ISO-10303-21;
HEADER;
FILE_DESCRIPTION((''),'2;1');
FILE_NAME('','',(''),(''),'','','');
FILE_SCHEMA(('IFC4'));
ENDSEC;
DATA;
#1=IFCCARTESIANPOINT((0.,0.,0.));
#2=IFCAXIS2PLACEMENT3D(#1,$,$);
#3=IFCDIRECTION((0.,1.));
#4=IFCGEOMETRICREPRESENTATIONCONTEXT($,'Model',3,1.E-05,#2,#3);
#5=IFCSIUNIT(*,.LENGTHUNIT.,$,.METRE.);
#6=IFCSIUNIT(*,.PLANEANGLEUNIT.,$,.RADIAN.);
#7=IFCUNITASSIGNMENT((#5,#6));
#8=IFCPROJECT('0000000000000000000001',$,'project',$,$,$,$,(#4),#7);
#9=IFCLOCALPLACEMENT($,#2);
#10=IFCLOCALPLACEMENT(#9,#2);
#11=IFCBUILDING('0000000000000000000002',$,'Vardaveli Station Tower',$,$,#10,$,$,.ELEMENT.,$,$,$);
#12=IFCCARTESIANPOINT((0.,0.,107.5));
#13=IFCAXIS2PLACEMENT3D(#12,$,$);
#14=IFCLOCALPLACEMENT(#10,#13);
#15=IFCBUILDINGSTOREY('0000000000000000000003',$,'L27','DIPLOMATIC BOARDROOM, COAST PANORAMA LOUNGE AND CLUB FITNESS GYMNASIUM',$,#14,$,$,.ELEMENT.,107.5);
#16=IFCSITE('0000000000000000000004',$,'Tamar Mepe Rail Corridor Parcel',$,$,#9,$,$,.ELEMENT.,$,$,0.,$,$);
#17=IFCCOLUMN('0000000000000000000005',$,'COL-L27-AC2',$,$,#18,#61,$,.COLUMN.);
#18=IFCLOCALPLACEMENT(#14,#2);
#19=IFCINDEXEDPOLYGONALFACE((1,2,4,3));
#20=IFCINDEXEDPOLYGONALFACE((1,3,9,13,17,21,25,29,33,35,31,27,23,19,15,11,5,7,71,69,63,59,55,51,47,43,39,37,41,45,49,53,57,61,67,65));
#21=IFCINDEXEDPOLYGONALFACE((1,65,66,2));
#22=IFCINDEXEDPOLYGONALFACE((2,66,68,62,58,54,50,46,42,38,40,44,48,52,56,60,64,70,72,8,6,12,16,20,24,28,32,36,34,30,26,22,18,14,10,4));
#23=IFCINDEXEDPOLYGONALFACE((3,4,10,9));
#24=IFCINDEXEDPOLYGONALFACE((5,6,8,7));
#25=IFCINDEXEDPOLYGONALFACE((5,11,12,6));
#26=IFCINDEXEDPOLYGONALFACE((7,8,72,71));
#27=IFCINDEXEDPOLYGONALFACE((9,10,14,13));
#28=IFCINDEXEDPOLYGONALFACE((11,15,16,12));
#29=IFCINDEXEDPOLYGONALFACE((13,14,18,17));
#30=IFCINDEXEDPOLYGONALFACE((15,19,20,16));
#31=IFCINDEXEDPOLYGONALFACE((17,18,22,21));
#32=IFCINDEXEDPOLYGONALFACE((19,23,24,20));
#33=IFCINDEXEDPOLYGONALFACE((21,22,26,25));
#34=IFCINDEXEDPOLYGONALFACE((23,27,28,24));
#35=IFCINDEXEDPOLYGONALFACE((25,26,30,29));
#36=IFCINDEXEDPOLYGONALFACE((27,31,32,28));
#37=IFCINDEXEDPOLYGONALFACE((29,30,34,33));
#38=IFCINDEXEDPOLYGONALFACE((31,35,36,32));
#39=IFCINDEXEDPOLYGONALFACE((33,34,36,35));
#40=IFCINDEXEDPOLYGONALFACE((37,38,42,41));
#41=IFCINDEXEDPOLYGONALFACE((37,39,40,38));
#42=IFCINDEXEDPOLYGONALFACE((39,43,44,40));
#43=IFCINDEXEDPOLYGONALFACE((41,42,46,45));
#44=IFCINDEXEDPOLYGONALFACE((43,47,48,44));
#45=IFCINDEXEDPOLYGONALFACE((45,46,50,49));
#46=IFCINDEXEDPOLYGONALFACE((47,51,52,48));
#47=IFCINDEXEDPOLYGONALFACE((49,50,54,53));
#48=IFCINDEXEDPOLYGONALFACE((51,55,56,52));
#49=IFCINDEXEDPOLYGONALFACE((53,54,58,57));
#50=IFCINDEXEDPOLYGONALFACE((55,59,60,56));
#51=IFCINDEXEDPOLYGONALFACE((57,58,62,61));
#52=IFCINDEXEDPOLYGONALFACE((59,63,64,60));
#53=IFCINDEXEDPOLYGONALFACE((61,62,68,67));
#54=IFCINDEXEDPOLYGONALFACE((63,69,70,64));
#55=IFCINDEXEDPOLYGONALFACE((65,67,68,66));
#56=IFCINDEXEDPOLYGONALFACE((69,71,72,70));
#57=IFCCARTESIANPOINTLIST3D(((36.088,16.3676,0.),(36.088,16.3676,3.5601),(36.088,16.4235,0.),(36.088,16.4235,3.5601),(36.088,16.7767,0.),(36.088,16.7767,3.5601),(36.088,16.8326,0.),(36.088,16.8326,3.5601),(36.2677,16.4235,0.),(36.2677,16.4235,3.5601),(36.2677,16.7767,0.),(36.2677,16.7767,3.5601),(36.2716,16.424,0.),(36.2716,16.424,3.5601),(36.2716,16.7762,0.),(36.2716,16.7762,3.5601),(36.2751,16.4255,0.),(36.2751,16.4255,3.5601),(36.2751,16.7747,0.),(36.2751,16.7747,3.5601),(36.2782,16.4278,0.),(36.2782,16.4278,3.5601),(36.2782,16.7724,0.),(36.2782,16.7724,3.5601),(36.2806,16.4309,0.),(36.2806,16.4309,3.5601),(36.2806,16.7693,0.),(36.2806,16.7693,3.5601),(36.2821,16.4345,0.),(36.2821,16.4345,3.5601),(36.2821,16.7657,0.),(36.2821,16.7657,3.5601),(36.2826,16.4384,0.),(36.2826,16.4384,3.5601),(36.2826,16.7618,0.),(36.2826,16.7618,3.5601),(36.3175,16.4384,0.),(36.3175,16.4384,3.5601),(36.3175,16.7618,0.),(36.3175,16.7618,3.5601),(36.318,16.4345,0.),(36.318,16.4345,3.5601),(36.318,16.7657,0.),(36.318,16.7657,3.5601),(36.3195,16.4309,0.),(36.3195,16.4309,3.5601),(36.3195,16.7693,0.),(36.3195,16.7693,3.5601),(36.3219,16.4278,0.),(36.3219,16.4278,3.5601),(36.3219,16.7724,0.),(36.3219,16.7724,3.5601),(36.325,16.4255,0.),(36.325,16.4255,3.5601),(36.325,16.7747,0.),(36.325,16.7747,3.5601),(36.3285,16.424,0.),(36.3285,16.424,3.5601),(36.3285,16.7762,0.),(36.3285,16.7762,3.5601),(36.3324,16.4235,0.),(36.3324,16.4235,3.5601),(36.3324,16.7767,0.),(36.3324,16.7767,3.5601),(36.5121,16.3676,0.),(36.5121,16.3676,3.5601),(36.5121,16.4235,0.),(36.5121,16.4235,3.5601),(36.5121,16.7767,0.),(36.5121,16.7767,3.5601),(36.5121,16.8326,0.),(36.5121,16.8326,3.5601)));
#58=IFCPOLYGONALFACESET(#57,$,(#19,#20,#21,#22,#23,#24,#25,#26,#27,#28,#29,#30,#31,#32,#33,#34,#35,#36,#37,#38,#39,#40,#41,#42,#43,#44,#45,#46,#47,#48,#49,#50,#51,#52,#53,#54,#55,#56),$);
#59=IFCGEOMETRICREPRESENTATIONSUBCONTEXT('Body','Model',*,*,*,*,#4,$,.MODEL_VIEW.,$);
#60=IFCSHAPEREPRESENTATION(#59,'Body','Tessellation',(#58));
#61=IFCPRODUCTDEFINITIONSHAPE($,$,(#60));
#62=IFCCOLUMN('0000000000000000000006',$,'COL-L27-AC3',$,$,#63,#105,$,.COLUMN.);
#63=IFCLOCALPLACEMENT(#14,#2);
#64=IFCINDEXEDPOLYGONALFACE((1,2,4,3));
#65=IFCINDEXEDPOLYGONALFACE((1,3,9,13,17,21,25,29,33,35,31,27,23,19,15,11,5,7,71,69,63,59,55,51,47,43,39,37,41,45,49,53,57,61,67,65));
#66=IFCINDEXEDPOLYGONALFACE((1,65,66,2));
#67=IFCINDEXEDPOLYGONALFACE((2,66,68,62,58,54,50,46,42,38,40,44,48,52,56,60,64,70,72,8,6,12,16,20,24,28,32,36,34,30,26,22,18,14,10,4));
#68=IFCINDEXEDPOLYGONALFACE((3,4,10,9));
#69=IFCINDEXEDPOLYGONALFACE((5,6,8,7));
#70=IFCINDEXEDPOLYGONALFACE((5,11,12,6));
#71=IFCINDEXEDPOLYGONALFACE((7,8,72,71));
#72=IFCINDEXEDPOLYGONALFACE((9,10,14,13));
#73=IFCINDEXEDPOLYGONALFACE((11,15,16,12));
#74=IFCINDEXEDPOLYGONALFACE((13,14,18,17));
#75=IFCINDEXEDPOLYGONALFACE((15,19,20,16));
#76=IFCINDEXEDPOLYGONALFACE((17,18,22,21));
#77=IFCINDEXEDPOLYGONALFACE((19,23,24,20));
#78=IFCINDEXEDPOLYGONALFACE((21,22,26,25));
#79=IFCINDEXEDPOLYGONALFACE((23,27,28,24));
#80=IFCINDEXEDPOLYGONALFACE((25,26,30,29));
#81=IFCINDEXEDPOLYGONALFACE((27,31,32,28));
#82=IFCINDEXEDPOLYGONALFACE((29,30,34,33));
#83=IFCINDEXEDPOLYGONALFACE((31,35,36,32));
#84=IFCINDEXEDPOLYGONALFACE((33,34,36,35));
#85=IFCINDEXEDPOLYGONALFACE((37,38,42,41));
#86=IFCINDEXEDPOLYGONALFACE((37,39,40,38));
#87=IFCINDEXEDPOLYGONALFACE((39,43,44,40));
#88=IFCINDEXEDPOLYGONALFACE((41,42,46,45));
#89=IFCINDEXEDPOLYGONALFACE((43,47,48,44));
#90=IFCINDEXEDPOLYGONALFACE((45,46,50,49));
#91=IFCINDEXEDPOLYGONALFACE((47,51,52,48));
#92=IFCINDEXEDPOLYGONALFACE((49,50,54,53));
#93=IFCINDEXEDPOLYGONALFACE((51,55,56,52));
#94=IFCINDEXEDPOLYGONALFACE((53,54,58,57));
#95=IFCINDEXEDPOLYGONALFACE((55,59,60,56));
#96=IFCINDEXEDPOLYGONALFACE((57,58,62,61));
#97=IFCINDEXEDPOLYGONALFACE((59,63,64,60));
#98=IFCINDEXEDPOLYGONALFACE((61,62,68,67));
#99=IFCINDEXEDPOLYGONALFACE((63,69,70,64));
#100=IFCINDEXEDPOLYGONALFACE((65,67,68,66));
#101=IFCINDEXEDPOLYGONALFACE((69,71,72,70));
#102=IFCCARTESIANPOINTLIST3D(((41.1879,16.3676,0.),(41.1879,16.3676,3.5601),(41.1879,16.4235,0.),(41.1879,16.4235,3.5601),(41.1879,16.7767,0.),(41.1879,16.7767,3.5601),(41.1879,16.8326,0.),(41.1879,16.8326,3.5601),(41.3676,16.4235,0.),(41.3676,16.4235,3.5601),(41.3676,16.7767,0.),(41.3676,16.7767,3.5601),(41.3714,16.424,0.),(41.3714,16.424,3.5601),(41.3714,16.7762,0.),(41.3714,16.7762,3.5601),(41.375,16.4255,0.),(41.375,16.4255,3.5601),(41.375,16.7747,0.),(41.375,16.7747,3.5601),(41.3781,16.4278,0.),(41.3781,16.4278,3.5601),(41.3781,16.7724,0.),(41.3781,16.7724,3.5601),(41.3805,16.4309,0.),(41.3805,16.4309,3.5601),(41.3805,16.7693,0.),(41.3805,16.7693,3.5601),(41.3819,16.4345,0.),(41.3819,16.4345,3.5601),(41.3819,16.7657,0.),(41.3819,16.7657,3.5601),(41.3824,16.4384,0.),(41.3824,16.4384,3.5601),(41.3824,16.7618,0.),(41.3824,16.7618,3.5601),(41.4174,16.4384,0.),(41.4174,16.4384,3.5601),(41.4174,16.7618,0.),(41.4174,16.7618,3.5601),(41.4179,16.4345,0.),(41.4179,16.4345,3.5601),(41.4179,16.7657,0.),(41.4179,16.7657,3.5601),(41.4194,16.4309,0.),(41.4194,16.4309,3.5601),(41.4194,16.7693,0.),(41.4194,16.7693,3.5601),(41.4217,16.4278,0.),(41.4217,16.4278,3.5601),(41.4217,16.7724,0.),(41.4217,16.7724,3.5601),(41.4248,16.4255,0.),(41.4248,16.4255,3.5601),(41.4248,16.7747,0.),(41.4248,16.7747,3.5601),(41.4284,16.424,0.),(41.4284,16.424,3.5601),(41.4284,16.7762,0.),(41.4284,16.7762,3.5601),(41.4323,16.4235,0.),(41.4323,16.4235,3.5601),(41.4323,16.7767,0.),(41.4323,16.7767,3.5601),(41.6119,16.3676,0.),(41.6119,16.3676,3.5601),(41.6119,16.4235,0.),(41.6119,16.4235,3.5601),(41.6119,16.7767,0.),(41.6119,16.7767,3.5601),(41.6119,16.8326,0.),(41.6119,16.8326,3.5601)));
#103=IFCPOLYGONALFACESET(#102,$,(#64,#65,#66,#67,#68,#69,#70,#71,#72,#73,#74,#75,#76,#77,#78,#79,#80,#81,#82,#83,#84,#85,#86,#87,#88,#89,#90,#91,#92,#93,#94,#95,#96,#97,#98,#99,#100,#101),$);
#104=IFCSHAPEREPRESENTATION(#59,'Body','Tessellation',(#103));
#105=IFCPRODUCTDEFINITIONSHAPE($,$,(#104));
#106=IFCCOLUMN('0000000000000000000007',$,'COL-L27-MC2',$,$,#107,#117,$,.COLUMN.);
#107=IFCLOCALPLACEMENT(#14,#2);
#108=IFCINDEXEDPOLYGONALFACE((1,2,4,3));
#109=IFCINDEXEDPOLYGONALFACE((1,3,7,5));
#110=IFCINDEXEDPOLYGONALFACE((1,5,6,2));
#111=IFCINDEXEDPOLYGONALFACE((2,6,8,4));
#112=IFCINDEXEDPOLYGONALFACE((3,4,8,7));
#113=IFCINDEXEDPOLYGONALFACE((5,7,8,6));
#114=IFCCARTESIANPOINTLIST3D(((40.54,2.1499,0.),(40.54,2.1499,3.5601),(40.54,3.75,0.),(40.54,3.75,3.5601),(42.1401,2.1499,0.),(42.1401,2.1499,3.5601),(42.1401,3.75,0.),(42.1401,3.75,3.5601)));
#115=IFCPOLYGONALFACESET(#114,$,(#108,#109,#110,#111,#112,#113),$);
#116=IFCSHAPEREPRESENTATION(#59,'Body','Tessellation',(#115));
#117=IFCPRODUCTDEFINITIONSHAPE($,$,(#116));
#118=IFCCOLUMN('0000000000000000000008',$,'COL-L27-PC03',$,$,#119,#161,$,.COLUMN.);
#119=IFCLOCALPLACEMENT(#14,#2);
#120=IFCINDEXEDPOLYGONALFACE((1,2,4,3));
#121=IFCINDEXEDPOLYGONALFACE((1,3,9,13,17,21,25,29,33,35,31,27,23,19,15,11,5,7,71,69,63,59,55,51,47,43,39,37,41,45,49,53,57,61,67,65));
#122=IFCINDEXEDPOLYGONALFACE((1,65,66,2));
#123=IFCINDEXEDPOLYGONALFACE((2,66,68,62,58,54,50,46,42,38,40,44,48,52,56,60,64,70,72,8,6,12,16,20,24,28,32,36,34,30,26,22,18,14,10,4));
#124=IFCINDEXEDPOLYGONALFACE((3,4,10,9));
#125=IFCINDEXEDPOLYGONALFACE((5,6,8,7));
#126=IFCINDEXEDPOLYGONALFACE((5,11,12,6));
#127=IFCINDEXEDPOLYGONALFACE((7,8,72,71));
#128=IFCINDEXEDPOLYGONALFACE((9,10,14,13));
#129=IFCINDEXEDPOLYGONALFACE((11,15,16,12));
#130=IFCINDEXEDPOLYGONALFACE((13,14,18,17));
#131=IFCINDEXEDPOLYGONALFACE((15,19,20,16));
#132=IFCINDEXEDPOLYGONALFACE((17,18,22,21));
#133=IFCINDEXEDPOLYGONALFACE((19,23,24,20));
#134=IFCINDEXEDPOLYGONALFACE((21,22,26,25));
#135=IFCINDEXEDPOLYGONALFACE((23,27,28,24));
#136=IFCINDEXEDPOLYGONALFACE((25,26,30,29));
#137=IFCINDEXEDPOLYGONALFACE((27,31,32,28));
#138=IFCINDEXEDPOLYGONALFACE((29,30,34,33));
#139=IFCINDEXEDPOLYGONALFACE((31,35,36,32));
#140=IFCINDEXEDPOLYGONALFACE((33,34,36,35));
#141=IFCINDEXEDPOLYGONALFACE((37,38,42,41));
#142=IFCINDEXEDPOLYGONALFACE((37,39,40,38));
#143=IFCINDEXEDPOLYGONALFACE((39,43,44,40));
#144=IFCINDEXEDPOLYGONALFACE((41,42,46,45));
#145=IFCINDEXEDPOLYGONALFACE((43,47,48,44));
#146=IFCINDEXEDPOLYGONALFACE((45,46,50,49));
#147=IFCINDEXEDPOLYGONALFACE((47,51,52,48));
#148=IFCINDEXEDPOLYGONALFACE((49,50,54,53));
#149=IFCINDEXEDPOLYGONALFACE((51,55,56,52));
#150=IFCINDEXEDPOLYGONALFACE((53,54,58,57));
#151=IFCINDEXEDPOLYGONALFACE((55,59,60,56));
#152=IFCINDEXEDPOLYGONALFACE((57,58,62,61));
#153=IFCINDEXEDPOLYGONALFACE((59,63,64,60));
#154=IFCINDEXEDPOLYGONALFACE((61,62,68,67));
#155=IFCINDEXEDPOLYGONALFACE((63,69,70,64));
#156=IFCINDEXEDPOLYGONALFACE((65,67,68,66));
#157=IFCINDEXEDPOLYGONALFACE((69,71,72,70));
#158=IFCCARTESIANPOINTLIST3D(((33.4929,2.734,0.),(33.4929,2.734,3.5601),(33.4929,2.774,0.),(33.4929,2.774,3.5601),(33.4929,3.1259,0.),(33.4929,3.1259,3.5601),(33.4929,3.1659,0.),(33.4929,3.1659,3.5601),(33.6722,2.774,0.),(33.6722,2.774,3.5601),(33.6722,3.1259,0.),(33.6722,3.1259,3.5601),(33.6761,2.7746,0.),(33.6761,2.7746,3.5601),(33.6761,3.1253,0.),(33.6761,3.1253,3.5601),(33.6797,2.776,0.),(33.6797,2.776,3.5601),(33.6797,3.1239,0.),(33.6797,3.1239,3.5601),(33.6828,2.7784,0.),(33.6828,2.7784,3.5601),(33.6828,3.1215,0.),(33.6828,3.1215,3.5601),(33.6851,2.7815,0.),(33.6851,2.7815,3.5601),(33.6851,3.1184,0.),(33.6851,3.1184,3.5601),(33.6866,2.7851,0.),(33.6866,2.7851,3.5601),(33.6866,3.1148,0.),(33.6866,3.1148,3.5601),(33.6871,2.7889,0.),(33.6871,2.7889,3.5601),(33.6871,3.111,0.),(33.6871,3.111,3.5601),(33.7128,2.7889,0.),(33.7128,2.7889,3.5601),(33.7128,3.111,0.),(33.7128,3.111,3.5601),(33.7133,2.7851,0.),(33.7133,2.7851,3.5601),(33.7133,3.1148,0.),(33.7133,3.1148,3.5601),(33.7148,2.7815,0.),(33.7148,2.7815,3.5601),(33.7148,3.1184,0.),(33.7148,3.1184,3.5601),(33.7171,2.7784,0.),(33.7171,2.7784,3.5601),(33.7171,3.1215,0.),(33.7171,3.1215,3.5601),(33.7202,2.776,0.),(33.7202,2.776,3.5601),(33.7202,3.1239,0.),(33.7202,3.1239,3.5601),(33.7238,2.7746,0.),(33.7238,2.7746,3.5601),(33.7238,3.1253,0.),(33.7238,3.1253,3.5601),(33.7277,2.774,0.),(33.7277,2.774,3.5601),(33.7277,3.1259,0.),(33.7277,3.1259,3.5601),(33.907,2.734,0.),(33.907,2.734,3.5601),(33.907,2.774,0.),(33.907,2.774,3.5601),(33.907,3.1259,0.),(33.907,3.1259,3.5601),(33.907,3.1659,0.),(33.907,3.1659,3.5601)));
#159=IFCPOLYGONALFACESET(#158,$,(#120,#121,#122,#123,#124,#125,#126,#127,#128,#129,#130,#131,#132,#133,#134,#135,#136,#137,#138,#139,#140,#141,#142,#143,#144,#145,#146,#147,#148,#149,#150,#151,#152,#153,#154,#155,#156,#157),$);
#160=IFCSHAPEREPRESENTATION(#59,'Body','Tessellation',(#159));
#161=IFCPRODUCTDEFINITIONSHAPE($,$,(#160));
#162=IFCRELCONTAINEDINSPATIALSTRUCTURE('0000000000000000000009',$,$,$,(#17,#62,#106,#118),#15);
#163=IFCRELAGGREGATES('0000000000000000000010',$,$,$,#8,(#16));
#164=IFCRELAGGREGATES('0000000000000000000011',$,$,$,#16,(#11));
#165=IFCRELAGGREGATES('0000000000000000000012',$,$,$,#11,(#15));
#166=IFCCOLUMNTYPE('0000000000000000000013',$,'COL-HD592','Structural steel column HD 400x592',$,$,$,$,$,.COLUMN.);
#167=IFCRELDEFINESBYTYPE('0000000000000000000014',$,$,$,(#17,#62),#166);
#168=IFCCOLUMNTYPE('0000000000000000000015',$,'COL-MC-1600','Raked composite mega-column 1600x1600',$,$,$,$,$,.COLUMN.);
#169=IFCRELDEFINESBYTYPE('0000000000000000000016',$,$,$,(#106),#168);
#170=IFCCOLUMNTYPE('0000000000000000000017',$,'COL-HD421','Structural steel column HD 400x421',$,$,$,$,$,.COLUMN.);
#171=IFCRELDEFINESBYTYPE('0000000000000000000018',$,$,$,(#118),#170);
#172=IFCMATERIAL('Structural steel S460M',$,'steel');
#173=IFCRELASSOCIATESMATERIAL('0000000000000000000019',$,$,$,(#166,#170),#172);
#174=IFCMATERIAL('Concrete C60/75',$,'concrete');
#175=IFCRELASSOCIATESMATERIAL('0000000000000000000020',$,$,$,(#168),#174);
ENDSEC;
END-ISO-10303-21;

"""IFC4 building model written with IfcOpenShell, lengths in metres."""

from ifc_helpers import new_model, si_unit, direction, frame, origin, origin_2d, place, context, subcontext, project, spatial, rectangle, i_section, extrude, source, transform, mapped, material, material_profile, profile_set, type_object, element, save


model = new_model("IFC4")

# Units and contexts
model_context = context("Model", 3, precision=1e-05, world=origin(), true_north=direction((0.0, 1.0)))
body_context = subcontext(model_context, "Body", "Model", "MODEL_VIEW")
ifc_project = project(units=[si_unit("LENGTHUNIT", "METRE"), si_unit("PLANEANGLEUNIT", "RADIAN")], contexts=[model_context])

# Site, building, storey
site_placement = place(None, origin())
site = spatial("IfcSite", under=ifc_project, at=site_placement, Name="Tamar Mepe Rail Corridor Parcel", CompositionType="ELEMENT", RefElevation=0.0)
building_placement = place(site_placement, origin())
building = spatial("IfcBuilding", under=site, at=building_placement, Name="Vardaveli Station Tower", CompositionType="ELEMENT")
storey_placement = place(building_placement, frame((0.0, 0.0, 107.5)))
storey = spatial("IfcBuildingStorey", under=building, at=storey_placement, Name="L27", Description="DIPLOMATIC BOARDROOM, COAST PANORAMA LOUNGE AND CLUB FITNESS GYMNASIUM", CompositionType="ELEMENT", Elevation=107.5)

# Columns
ifc_material_1 = material(Name="Structural steel S460M", Category="steel")
ifc_material_profile_1 = material_profile(ifc_material_1, i_section(OverallWidth=0.4241, OverallDepth=0.4651, WebThickness=0.0349, FlangeThickness=0.0559, FilletRadius=0.0149, at=origin_2d()), Name="HD 400x592")
ifc_profile_set_1 = profile_set([ifc_material_profile_1], Name="Structural steel S460M")
column_type_1 = type_object("IfcColumnType", Name="COL-HD592", Description="Structural steel column HD 400x592", PredefinedType="COLUMN", material=ifc_profile_set_1)
shared_shape_1 = source(origin(), body_context, "Body", "SweptSolid", [
    extrude(i_section(OverallWidth=0.4241, OverallDepth=0.4651, WebThickness=0.0349, FlangeThickness=0.0559, FilletRadius=0.0149, at=origin_2d()), origin(), (0.0, 0.0, 1.0), 3.5601),
])
for number, where, z_axis, x_axis, name in (
    (1, (36.3, 16.6001, 0.0), (0.0, 0.0, 1.0), (1.0, 0.0, 0.0), "COL-L27-AC2"),
    (2, (41.3999, 16.6001, 0.0), (0.0, 0.0, 1.0), (1.0, 0.0, 0.0), "COL-L27-AC3"),
):
    element("IfcColumn", number, at=place(storey_placement, frame(where, z_axis=z_axis, x_axis=x_axis)), inside=storey, type_object=column_type_1, Name=name, PredefinedType="COLUMN", context=body_context, shape_type="MappedRepresentation", body=[
        mapped(shared_shape_1, transform((0.0, 0.0, 0.0), scale=1.0)),
    ])
ifc_material_2 = material(Name="Concrete C60/75", Category="concrete")
ifc_material_profile_2 = material_profile(ifc_material_2, rectangle(XDim=1.6001, YDim=1.6001, at=origin_2d()), Name="MC 1600x1600")
ifc_profile_set_2 = profile_set([ifc_material_profile_2], Name="Concrete C60/75")
column_type_2 = type_object("IfcColumnType", Name="COL-MC-1600", Description="Raked composite mega-column 1600x1600", PredefinedType="COLUMN", material=ifc_profile_set_2)
shared_shape_2 = source(origin(), body_context, "Body", "SweptSolid", [
    extrude(rectangle(XDim=1.6001, YDim=1.6001, at=origin_2d()), origin(), (0.0, 0.0, 1.0), 3.5601),
])
column_1_placement = place(storey_placement, frame((41.3401, 2.95, 0.0), z_axis=(0.0, 0.0, 1.0), x_axis=(1.0, 0.0, 0.0)))
element("IfcColumn", 3, at=column_1_placement, inside=storey, type_object=column_type_2, Name="COL-L27-MC2", PredefinedType="COLUMN", context=body_context, shape_type="MappedRepresentation", body=[
    mapped(shared_shape_2, transform((0.0, 0.0, 0.0), scale=1.0)),
])
ifc_material_profile_3 = material_profile(ifc_material_1, i_section(OverallWidth=0.4141, OverallDepth=0.4319, WebThickness=0.0256, FlangeThickness=0.04, FilletRadius=0.0149, at=origin_2d()), Name="HD 400x421")
ifc_profile_set_3 = profile_set([ifc_material_profile_3], Name="Structural steel S460M")
column_type_3 = type_object("IfcColumnType", Name="COL-HD421", Description="Structural steel column HD 400x421", PredefinedType="COLUMN", material=ifc_profile_set_3)
shared_shape_3 = source(origin(), body_context, "Body", "SweptSolid", [
    extrude(i_section(OverallWidth=0.4141, OverallDepth=0.4319, WebThickness=0.0256, FlangeThickness=0.04, FilletRadius=0.0149, at=origin_2d()), origin(), (0.0, 0.0, 1.0), 3.5601),
])
column_2_placement = place(storey_placement, frame((33.7, 2.95, 0.0), z_axis=(0.0, 0.0, 1.0), x_axis=(1.0, 0.0, 0.0)))
element("IfcColumn", 4, at=column_2_placement, inside=storey, type_object=column_type_3, Name="COL-L27-PC03", PredefinedType="COLUMN", context=body_context, shape_type="MappedRepresentation", body=[
    mapped(shared_shape_3, transform((0.0, 0.0, 0.0), scale=1.0)),
])

save(model, "model.ifc")
